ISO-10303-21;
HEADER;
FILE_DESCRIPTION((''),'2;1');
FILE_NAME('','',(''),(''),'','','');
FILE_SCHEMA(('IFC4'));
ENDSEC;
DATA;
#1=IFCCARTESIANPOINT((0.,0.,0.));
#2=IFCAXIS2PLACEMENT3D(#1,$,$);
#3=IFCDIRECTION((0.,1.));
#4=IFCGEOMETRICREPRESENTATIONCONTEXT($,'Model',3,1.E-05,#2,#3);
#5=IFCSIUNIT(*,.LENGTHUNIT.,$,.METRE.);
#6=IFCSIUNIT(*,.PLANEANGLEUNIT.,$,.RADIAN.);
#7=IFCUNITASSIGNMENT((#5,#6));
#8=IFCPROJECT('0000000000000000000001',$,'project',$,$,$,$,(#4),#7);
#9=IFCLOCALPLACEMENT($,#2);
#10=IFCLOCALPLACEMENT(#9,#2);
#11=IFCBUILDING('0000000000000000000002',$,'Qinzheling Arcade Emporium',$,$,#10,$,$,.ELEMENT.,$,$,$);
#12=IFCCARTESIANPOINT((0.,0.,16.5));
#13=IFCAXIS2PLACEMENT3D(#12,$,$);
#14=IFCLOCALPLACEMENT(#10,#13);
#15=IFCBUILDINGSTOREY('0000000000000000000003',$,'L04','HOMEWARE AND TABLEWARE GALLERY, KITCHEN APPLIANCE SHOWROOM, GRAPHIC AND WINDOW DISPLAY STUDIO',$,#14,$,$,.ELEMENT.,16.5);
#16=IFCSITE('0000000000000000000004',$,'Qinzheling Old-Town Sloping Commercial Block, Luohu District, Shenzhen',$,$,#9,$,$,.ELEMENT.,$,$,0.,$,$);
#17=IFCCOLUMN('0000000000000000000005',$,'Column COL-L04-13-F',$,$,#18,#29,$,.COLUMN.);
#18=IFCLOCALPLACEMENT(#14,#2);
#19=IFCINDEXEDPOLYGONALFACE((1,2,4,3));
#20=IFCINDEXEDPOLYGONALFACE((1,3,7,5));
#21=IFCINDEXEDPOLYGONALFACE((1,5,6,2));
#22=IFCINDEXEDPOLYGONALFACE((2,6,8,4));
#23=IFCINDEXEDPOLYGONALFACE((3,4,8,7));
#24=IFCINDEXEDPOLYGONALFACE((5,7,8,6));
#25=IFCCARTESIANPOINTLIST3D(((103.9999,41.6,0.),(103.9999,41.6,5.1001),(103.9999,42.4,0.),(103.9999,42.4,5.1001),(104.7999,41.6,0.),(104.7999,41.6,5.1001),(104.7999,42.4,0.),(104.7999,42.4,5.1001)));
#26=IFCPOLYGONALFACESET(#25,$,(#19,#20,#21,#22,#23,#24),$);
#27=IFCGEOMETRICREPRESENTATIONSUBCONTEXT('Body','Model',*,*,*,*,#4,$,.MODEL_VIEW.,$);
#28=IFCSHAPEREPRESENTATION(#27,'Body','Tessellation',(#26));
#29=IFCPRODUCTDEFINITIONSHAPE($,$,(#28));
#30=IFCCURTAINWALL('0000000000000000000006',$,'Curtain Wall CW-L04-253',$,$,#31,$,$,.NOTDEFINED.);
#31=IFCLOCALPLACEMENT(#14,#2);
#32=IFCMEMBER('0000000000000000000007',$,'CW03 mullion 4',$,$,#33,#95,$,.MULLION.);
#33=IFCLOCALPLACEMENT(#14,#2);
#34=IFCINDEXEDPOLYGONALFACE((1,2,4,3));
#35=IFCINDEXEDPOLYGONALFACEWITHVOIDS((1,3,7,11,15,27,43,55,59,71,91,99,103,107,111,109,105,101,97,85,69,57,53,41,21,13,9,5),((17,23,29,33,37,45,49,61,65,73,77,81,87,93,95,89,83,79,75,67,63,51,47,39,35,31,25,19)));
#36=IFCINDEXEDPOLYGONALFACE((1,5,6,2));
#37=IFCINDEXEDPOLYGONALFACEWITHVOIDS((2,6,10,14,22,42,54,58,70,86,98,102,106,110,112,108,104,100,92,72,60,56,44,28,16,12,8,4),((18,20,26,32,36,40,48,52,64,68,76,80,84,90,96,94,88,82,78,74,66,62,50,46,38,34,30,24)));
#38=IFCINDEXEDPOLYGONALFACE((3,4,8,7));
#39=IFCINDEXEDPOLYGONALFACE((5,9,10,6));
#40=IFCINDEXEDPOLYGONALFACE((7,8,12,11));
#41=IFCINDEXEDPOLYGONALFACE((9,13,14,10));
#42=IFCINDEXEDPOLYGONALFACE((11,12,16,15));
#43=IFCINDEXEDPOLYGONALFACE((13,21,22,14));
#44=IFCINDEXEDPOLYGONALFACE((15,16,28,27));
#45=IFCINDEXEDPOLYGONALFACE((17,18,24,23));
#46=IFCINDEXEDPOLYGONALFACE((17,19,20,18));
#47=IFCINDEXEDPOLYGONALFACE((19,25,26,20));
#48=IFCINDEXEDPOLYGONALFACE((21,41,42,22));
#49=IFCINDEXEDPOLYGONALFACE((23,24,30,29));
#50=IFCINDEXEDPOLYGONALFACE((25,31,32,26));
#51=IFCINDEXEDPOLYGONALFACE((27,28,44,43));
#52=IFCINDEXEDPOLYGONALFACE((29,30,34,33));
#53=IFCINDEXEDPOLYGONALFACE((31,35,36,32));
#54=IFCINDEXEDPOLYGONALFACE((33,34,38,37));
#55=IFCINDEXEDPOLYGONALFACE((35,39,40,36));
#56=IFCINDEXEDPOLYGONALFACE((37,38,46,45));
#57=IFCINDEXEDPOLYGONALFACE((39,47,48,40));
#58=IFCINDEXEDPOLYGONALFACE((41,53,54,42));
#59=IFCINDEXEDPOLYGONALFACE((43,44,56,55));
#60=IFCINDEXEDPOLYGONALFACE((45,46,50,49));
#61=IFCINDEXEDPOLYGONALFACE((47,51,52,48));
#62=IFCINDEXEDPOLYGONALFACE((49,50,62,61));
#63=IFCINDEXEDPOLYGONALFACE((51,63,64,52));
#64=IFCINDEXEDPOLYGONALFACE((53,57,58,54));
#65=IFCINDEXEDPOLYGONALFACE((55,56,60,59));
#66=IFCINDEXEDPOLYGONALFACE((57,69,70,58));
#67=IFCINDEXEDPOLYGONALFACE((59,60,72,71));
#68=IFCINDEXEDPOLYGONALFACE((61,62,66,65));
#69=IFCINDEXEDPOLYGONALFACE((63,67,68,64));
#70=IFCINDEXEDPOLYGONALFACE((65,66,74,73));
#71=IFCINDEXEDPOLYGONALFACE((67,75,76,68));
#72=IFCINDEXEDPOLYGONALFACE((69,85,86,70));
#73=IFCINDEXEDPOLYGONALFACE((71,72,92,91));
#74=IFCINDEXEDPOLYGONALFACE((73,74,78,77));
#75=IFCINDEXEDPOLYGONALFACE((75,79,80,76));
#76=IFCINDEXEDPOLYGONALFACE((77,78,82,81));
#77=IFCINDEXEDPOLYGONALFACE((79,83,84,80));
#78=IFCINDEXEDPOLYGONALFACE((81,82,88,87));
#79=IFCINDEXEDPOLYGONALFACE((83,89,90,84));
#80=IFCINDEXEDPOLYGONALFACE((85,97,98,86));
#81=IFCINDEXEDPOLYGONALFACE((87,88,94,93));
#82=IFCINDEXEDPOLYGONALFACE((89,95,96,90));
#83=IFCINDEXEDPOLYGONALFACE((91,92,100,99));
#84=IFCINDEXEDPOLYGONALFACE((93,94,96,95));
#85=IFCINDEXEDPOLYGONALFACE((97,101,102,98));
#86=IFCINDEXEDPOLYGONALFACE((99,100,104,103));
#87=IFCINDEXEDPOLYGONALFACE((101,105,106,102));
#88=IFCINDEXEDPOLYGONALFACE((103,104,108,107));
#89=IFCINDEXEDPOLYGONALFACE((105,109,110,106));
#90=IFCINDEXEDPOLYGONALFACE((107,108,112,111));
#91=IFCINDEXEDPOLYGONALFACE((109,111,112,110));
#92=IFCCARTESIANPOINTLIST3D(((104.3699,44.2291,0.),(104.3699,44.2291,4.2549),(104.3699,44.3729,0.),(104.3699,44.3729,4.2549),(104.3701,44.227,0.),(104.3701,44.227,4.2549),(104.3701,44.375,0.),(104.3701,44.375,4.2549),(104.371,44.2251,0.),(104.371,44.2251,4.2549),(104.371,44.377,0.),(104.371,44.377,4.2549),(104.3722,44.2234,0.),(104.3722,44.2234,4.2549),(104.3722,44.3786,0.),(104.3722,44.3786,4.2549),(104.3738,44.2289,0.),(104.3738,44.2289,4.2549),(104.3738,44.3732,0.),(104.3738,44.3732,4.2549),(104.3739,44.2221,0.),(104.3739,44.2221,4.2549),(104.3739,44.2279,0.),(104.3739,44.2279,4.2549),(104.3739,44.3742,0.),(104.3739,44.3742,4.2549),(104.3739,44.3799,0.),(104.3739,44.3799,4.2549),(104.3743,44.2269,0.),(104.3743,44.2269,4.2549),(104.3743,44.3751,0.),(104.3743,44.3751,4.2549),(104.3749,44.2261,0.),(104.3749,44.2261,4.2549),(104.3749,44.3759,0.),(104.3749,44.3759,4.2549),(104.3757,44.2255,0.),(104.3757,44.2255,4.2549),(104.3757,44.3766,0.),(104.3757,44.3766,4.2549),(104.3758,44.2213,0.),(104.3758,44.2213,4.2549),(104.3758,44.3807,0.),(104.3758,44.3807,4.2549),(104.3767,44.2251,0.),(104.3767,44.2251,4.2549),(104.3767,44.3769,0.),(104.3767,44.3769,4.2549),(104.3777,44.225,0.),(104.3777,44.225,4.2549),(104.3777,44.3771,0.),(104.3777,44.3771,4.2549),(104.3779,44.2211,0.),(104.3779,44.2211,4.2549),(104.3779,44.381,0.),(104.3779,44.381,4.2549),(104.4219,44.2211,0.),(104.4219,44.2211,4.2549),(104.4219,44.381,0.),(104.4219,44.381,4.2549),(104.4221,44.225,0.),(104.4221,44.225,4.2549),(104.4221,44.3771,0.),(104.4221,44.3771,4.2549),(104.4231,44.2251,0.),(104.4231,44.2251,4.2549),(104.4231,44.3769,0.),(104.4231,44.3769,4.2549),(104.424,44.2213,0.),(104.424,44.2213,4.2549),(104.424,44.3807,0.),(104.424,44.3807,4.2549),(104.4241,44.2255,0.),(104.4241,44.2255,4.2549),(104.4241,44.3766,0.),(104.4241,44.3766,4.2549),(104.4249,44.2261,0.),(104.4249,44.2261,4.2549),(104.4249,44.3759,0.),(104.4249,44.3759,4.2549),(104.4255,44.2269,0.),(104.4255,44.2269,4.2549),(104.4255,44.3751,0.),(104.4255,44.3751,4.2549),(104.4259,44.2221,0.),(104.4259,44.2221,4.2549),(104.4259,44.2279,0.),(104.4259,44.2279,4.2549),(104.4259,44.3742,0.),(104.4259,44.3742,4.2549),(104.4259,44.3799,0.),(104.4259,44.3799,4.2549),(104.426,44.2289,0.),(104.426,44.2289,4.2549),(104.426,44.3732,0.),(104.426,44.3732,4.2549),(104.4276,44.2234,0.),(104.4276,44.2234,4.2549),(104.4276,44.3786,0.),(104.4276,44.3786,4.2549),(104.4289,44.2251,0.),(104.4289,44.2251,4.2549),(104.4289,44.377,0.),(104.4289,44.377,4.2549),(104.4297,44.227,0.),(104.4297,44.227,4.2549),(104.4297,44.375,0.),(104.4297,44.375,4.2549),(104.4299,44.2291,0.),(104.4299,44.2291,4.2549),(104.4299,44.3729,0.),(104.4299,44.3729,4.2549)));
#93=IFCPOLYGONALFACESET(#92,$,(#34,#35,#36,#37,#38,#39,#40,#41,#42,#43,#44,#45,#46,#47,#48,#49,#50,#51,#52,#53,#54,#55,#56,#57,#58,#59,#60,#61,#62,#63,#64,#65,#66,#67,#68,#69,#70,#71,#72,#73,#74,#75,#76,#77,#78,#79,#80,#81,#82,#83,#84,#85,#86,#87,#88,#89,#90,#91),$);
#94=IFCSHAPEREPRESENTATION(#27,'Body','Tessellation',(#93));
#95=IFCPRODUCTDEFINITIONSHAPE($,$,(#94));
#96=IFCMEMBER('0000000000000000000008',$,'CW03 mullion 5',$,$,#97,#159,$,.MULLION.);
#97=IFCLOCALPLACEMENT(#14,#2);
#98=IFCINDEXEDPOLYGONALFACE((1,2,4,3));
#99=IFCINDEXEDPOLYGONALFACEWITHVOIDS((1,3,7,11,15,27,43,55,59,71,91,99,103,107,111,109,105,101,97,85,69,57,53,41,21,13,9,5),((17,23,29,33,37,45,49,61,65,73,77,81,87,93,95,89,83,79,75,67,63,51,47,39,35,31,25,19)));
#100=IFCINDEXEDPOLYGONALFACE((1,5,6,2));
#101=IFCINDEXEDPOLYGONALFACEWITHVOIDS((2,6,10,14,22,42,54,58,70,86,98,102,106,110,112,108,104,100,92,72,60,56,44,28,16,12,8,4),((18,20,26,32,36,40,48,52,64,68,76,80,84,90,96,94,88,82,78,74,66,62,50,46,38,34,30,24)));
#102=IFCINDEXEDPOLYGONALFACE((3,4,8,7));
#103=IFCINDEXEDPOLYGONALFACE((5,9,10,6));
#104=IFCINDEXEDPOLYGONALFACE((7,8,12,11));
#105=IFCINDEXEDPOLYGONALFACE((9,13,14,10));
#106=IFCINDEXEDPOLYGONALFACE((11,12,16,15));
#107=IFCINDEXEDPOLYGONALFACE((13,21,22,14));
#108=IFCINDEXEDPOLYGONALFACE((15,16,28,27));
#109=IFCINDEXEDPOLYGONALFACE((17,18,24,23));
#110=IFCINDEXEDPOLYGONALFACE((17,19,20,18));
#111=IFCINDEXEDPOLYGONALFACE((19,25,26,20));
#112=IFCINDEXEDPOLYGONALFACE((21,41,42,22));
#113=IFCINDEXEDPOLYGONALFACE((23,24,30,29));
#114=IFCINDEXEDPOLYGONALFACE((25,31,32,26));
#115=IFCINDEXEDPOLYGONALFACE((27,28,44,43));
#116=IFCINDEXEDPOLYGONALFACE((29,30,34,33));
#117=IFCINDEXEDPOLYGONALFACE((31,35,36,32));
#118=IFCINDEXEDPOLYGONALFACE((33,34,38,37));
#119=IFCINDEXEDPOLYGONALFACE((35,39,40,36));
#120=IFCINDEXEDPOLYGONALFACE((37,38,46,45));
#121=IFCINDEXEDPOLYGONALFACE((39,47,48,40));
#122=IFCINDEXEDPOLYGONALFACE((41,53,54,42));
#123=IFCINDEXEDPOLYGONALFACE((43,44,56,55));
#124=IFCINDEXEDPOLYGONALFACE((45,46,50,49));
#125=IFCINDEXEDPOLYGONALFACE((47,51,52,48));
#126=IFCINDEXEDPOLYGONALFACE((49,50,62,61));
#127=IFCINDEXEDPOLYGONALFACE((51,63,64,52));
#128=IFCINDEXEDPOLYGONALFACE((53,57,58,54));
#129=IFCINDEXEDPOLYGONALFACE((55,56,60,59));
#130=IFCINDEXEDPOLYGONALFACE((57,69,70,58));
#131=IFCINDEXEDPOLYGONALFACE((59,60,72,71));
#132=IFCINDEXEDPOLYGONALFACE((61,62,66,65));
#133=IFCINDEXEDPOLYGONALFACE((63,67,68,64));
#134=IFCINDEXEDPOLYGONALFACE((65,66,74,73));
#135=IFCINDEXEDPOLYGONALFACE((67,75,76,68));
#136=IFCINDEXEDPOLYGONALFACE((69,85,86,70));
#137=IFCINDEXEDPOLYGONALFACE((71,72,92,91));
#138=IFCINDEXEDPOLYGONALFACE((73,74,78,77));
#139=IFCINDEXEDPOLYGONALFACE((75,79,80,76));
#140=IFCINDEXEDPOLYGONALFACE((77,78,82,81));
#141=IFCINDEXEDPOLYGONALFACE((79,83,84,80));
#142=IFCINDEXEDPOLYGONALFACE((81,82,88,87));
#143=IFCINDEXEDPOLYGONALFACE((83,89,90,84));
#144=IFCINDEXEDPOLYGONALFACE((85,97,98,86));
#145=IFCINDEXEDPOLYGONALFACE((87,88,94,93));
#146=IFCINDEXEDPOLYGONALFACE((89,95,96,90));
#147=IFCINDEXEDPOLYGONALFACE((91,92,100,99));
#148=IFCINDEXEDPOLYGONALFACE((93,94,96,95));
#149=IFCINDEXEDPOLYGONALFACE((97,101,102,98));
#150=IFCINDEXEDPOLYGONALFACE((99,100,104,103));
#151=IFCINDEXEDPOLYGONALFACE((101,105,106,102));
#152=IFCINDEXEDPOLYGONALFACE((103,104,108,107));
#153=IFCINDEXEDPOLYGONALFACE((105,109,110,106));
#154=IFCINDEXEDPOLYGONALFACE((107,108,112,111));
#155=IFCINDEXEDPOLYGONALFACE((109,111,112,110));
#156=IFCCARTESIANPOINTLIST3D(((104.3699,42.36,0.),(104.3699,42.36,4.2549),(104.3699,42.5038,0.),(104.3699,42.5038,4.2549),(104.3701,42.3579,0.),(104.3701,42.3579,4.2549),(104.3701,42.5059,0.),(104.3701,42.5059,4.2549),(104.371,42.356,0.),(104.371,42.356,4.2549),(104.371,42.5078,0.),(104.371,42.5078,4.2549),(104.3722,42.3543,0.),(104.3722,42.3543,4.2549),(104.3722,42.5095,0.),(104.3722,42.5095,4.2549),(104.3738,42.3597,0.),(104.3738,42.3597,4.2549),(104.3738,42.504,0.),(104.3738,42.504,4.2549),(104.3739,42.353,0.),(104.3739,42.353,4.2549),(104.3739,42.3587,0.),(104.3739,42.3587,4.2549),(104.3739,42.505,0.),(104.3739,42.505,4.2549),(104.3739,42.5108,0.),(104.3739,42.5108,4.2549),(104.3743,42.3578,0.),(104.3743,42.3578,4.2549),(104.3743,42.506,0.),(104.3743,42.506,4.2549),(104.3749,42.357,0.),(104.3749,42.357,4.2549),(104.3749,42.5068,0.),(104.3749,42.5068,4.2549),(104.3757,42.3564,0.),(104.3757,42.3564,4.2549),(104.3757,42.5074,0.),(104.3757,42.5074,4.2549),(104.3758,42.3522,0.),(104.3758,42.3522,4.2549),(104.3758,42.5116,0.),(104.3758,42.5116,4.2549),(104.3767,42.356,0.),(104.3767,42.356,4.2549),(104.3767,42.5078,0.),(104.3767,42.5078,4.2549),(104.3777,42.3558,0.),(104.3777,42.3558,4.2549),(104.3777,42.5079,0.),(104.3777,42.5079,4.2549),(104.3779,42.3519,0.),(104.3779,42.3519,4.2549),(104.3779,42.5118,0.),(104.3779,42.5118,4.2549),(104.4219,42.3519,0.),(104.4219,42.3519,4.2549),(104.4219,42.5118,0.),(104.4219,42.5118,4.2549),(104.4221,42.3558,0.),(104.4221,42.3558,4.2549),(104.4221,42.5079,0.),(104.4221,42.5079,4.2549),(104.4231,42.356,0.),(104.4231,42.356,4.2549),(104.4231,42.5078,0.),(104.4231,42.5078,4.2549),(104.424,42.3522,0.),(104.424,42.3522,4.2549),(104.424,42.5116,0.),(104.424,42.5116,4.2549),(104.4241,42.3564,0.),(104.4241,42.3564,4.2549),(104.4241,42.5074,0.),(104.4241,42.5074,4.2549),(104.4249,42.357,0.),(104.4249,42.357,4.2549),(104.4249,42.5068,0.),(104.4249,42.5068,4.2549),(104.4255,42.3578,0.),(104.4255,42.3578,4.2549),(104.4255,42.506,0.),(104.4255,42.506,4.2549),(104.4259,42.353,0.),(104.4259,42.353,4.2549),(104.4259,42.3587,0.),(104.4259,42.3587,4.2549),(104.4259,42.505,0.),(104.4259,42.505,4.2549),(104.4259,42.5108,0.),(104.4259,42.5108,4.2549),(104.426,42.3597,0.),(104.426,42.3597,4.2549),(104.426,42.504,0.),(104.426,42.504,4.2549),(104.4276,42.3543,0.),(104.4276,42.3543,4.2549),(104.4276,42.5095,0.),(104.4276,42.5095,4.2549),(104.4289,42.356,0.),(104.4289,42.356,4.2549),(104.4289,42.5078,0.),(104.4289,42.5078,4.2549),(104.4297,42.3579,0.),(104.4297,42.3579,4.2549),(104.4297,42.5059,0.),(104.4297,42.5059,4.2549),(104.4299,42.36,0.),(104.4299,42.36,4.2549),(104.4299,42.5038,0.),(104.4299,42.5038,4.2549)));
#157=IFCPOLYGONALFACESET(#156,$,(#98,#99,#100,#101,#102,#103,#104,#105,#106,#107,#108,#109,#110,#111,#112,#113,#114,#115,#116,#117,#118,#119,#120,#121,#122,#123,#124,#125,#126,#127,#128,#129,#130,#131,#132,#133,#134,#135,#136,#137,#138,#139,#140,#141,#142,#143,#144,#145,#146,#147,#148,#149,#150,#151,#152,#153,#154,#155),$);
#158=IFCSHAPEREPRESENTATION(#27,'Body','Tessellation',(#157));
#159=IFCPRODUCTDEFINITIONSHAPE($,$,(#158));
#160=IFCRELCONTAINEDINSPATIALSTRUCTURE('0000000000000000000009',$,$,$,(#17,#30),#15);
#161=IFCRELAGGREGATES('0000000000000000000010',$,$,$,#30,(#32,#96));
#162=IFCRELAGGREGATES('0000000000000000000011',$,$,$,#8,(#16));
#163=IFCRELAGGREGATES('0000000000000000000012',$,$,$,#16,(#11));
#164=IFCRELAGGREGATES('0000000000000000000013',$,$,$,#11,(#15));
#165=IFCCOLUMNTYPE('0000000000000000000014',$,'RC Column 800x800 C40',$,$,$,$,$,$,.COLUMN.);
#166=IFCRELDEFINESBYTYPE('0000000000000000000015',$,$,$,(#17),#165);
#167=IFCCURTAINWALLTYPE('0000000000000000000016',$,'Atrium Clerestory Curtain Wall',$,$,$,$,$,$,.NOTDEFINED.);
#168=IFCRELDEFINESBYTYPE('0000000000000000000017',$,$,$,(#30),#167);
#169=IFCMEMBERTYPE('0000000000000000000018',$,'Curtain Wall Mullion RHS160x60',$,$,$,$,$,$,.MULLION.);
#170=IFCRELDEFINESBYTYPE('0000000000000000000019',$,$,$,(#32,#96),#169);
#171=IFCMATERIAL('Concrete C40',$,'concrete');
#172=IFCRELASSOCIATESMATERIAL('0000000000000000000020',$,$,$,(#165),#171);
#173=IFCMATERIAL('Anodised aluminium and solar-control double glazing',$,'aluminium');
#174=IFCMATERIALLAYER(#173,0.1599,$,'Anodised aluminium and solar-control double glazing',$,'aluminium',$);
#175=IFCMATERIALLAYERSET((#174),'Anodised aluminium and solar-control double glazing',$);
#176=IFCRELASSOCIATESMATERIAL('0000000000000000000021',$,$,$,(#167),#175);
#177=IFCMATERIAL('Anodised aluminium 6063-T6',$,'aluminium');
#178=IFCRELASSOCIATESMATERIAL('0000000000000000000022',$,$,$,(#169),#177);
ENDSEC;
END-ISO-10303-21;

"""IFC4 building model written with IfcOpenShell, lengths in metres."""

from ifc_helpers import new_model, si_unit, direction, frame, origin, origin_2d, place, context, subcontext, project, spatial, rectangle, hollow_rectangle, extrude, material, layer, layer_set, material_profile, profile_set, type_object, element, aggregate, save


model = new_model("IFC4")

# Units and contexts
model_context = context("Model", 3, precision=1e-05, world=origin(), true_north=direction((0.0, 1.0)))
body_context = subcontext(model_context, "Body", "Model", "MODEL_VIEW")
ifc_project = project(units=[si_unit("LENGTHUNIT", "METRE"), si_unit("PLANEANGLEUNIT", "RADIAN")], contexts=[model_context])

# Site, building, storey
site_placement = place(None, origin())
site = spatial("IfcSite", under=ifc_project, at=site_placement, Name="Qinzheling Old-Town Sloping Commercial Block, Luohu District, Shenzhen", CompositionType="ELEMENT", RefElevation=0.0)
building_placement = place(site_placement, origin())
building = spatial("IfcBuilding", under=site, at=building_placement, Name="Qinzheling Arcade Emporium", CompositionType="ELEMENT")
storey_placement = place(building_placement, frame((0.0, 0.0, 16.5)))
storey = spatial("IfcBuildingStorey", under=building, at=storey_placement, Name="L04", Description="HOMEWARE AND TABLEWARE GALLERY, KITCHEN APPLIANCE SHOWROOM, GRAPHIC AND WINDOW DISPLAY STUDIO", CompositionType="ELEMENT", Elevation=16.5)

# Column
ifc_material_1 = material(Name="Concrete C40", Category="concrete")
ifc_material_profile_1 = material_profile(ifc_material_1, rectangle(XDim=0.8, YDim=0.8, at=origin_2d()), Name="RC 800x800", Category="concrete")
ifc_profile_set_1 = profile_set([ifc_material_profile_1], Name="Concrete C40")
column_type = type_object("IfcColumnType", Name="RC Column 800x800 C40", PredefinedType="COLUMN", material=ifc_profile_set_1)
column_placement = place(storey_placement, frame((104.3999, 42.0, 0.0), z_axis=(0.0, 0.0, 1.0), x_axis=(1.0, 0.0, 0.0)))
element("IfcColumn", 1, at=column_placement, inside=storey, type_object=column_type, Name="Column COL-L04-13-F", PredefinedType="COLUMN", context=body_context, shape_type="SweptSolid", body=[
    extrude(rectangle(XDim=0.8, YDim=0.8, at=origin_2d()), origin(), (0.0, 0.0, 1.0), 5.1001),
])

# Curtain wall, members
ifc_material_2 = material(Name="Anodised aluminium and solar-control double glazing", Category="aluminium")
ifc_layer_1 = layer(ifc_material_2, 0.1599, Name="Anodised aluminium and solar-control double glazing", Category="aluminium")
ifc_layer_set_1 = layer_set([ifc_layer_1], Name="Anodised aluminium and solar-control double glazing")
curtain_wall_type = type_object("IfcCurtainWallType", Name="Atrium Clerestory Curtain Wall", PredefinedType="NOTDEFINED", material=ifc_layer_set_1)
curtain_wall_1_placement = place(storey_placement, origin())
curtain_wall_1 = element("IfcCurtainWall", 2, at=curtain_wall_1_placement, inside=storey, type_object=curtain_wall_type, Name="Curtain Wall CW-L04-253", PredefinedType="NOTDEFINED")
ifc_material_3 = material(Name="Anodised aluminium 6063-T6", Category="aluminium")
ifc_material_profile_2 = material_profile(ifc_material_3, hollow_rectangle(XDim=0.0601, YDim=0.1599, WallThickness=0.0039, InnerFilletRadius=0.0039, OuterFilletRadius=0.0081, at=origin_2d()), Name="RHS 160x60x4", Category="aluminium")
ifc_profile_set_2 = profile_set([ifc_material_profile_2], Name="Anodised aluminium 6063-T6")
member_type_1 = type_object("IfcMemberType", Name="Curtain Wall Mullion RHS160x60", PredefinedType="MULLION", material=ifc_profile_set_2)
member_1_placement = place(storey_placement, frame((104.3999, 44.301, 0.0), z_axis=(0.0, 0.0, 1.0), x_axis=(1.0, 0.0, 0.0)))
member_1 = element("IfcMember", 3, at=member_1_placement, type_object=member_type_1, Name="CW03 mullion 4", PredefinedType="MULLION", context=body_context, shape_type="SweptSolid", body=[
    extrude(hollow_rectangle(XDim=0.0601, YDim=0.1599, WallThickness=0.0039, InnerFilletRadius=0.0039, OuterFilletRadius=0.0081, at=origin_2d()), origin(), (0.0, 0.0, 1.0), 4.2549),
])
member_2_placement = place(storey_placement, frame((104.3999, 42.4319, 0.0), z_axis=(0.0, 0.0, 1.0), x_axis=(1.0, 0.0, 0.0)))
member_2 = element("IfcMember", 4, at=member_2_placement, type_object=member_type_1, Name="CW03 mullion 5", PredefinedType="MULLION", context=body_context, shape_type="SweptSolid", body=[
    extrude(hollow_rectangle(XDim=0.0601, YDim=0.1599, WallThickness=0.0039, InnerFilletRadius=0.0039, OuterFilletRadius=0.0081, at=origin_2d()), origin(), (0.0, 0.0, 1.0), 4.2549),
])

aggregate(curtain_wall_1, [member_1, member_2])

save(model, "model.ifc")
